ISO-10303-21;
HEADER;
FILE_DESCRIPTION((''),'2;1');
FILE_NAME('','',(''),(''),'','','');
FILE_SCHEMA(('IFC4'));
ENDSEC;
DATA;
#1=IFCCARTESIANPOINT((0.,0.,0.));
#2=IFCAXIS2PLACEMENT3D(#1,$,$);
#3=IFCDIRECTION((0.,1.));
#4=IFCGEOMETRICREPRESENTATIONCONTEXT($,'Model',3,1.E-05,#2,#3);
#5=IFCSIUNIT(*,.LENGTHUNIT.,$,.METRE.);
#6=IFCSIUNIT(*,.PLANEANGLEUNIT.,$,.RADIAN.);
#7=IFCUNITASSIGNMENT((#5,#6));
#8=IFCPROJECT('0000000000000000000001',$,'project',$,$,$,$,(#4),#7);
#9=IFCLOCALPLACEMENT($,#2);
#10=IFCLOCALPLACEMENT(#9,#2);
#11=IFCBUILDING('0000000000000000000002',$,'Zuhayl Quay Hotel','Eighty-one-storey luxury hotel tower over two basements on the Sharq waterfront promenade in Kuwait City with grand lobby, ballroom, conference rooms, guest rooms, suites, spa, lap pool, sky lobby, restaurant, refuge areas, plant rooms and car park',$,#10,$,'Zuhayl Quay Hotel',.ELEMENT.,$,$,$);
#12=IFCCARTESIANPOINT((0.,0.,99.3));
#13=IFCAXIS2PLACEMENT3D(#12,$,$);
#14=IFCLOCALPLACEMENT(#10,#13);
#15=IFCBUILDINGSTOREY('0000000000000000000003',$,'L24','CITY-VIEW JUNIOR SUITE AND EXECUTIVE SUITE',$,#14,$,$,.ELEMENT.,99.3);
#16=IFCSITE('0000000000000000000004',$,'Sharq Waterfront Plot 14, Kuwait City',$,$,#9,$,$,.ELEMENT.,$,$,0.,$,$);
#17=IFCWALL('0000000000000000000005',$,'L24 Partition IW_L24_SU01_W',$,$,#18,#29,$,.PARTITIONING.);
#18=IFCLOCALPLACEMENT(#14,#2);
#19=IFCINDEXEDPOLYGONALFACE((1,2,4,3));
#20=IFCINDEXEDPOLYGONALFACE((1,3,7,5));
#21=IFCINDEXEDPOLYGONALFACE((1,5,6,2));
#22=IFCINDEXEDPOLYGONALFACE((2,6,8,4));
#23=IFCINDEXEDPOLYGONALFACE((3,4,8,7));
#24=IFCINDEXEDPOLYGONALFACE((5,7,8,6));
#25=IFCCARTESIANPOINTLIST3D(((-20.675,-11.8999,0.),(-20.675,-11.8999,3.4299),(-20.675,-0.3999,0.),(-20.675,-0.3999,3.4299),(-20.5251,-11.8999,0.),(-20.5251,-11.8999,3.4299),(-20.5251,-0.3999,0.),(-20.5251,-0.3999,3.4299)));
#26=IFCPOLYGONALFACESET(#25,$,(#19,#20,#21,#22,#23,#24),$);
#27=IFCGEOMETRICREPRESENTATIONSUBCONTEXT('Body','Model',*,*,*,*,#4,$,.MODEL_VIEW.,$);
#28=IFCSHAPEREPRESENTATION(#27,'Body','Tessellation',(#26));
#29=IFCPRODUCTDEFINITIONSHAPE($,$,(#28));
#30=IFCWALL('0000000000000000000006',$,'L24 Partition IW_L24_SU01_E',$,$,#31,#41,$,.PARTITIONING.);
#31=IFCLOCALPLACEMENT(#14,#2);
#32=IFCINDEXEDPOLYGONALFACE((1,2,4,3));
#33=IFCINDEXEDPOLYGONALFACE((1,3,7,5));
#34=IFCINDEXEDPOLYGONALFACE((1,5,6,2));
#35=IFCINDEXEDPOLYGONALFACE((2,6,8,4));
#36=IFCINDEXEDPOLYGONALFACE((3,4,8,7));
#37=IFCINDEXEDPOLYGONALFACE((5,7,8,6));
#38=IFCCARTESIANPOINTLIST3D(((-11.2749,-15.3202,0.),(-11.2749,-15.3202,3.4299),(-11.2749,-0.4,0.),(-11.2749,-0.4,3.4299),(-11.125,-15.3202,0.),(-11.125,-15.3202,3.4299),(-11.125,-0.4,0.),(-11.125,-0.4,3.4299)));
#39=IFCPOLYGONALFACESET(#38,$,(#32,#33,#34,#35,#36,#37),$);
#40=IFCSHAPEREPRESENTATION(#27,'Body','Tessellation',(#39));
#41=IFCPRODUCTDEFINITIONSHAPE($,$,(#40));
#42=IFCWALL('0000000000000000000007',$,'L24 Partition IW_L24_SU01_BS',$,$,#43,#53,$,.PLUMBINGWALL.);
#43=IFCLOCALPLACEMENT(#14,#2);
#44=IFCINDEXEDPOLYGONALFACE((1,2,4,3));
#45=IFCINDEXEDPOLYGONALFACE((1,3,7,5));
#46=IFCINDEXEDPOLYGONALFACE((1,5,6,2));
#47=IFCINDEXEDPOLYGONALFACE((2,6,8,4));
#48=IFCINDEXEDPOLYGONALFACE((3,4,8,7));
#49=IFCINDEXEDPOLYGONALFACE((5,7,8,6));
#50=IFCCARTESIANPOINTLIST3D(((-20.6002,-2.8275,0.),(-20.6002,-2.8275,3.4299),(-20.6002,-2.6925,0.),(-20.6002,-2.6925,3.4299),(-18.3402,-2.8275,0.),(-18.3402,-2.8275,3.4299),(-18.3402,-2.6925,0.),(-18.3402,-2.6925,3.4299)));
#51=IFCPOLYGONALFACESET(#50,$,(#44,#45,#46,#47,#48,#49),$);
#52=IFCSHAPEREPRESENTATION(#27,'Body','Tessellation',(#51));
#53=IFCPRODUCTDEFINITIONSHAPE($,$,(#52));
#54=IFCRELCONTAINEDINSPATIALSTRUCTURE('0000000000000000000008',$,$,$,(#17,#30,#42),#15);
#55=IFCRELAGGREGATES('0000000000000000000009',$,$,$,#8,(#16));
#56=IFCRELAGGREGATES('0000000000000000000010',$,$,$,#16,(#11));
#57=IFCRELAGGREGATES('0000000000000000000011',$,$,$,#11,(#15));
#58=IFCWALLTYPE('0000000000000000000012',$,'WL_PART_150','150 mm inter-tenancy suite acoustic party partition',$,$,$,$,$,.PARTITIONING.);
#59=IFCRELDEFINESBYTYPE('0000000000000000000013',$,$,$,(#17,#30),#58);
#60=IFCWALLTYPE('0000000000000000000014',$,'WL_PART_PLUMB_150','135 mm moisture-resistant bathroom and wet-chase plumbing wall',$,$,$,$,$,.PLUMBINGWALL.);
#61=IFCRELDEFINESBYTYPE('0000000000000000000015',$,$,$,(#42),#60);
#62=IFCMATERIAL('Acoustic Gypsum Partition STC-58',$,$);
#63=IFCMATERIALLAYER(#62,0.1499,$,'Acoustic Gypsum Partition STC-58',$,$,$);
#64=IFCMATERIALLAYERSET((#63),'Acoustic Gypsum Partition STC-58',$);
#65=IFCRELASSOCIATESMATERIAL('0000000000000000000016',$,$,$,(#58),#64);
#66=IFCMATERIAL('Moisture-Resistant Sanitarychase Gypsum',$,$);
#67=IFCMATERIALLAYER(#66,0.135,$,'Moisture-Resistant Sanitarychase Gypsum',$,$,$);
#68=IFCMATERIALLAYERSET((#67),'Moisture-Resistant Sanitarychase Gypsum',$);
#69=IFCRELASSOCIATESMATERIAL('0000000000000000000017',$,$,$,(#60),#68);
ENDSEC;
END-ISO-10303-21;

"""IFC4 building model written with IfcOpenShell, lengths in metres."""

from ifc_helpers import new_model, si_unit, direction, frame, frame_2d, origin, place, context, subcontext, project, spatial, rectangle, extrude, material, layer, layer_set, type_object, element, save


model = new_model("IFC4")

# Units and contexts
model_context = context("Model", 3, precision=1e-05, world=origin(), true_north=direction((0.0, 1.0)))
body_context = subcontext(model_context, "Body", "Model", "MODEL_VIEW")
ifc_project = project(units=[si_unit("LENGTHUNIT", "METRE"), si_unit("PLANEANGLEUNIT", "RADIAN")], contexts=[model_context])

# Site, building, storey
site_placement = place(None, origin())
site = spatial("IfcSite", under=ifc_project, at=site_placement, Name="Sharq Waterfront Plot 14, Kuwait City", CompositionType="ELEMENT", RefElevation=0.0)
building_placement = place(site_placement, origin())
building = spatial("IfcBuilding", under=site, at=building_placement, Name="Zuhayl Quay Hotel", Description="Eighty-one-storey luxury hotel tower over two basements on the Sharq waterfront promenade in Kuwait City with grand lobby, ballroom, conference rooms, guest rooms, suites, spa, lap pool, sky lobby, restaurant, refuge areas, plant rooms and car park", LongName="Zuhayl Quay Hotel", CompositionType="ELEMENT")
storey_placement = place(building_placement, frame((0.0, 0.0, 99.3)))
storey = spatial("IfcBuildingStorey", under=building, at=storey_placement, Name="L24", Description="CITY-VIEW JUNIOR SUITE AND EXECUTIVE SUITE", CompositionType="ELEMENT", Elevation=99.3)

# Walls
ifc_material_1 = material(Name="Acoustic Gypsum Partition STC-58")
ifc_layer_1 = layer(ifc_material_1, 0.1499, Name="Acoustic Gypsum Partition STC-58")
ifc_layer_set_1 = layer_set([ifc_layer_1], Name="Acoustic Gypsum Partition STC-58")
wall_type_1 = type_object("IfcWallType", Name="WL_PART_150", Description="150 mm inter-tenancy suite acoustic party partition", PredefinedType="PARTITIONING", material=ifc_layer_set_1)
wall_1_placement = place(storey_placement, frame((-20.6001, -11.8999, 0.0), z_axis=(0.0, 0.0, 1.0), x_axis=(0.0, 1.0, 0.0)))
element("IfcWall", 1, at=wall_1_placement, inside=storey, type_object=wall_type_1, Name="L24 Partition IW_L24_SU01_W", PredefinedType="PARTITIONING", context=body_context, shape_type="SweptSolid", body=[
    extrude(rectangle(XDim=11.5, YDim=0.1499, at=frame_2d((5.75, 0.0))), origin(), (0.0, 0.0, 1.0), 3.4299),
])
wall_2_placement = place(storey_placement, frame((-11.2, -15.3201, 0.0), z_axis=(0.0, 0.0, 1.0), x_axis=(0.0, 1.0, 0.0)))
element("IfcWall", 2, at=wall_2_placement, inside=storey, type_object=wall_type_1, Name="L24 Partition IW_L24_SU01_E", PredefinedType="PARTITIONING", context=body_context, shape_type="SweptSolid", body=[
    extrude(rectangle(XDim=14.9202, YDim=0.1499, at=frame_2d((7.46, 0.0))), origin(), (0.0, 0.0, 1.0), 3.4299),
])
ifc_material_2 = material(Name="Moisture-Resistant Sanitarychase Gypsum")
ifc_layer_2 = layer(ifc_material_2, 0.135, Name="Moisture-Resistant Sanitarychase Gypsum")
ifc_layer_set_2 = layer_set([ifc_layer_2], Name="Moisture-Resistant Sanitarychase Gypsum")
wall_type_2 = type_object("IfcWallType", Name="WL_PART_PLUMB_150", Description="135 mm moisture-resistant bathroom and wet-chase plumbing wall", PredefinedType="PLUMBINGWALL", material=ifc_layer_set_2)
wall_3_placement = place(storey_placement, frame((-20.6001, -2.76, 0.0), z_axis=(0.0, 0.0, 1.0), x_axis=(1.0, 0.0, 0.0)))
element("IfcWall", 3, at=wall_3_placement, inside=storey, type_object=wall_type_2, Name="L24 Partition IW_L24_SU01_BS", PredefinedType="PLUMBINGWALL", context=body_context, shape_type="SweptSolid", body=[
    extrude(rectangle(XDim=2.26, YDim=0.135, at=frame_2d((1.1299, 0.0))), origin(), (0.0, 0.0, 1.0), 3.4299),
])

save(model, "model.ifc")
